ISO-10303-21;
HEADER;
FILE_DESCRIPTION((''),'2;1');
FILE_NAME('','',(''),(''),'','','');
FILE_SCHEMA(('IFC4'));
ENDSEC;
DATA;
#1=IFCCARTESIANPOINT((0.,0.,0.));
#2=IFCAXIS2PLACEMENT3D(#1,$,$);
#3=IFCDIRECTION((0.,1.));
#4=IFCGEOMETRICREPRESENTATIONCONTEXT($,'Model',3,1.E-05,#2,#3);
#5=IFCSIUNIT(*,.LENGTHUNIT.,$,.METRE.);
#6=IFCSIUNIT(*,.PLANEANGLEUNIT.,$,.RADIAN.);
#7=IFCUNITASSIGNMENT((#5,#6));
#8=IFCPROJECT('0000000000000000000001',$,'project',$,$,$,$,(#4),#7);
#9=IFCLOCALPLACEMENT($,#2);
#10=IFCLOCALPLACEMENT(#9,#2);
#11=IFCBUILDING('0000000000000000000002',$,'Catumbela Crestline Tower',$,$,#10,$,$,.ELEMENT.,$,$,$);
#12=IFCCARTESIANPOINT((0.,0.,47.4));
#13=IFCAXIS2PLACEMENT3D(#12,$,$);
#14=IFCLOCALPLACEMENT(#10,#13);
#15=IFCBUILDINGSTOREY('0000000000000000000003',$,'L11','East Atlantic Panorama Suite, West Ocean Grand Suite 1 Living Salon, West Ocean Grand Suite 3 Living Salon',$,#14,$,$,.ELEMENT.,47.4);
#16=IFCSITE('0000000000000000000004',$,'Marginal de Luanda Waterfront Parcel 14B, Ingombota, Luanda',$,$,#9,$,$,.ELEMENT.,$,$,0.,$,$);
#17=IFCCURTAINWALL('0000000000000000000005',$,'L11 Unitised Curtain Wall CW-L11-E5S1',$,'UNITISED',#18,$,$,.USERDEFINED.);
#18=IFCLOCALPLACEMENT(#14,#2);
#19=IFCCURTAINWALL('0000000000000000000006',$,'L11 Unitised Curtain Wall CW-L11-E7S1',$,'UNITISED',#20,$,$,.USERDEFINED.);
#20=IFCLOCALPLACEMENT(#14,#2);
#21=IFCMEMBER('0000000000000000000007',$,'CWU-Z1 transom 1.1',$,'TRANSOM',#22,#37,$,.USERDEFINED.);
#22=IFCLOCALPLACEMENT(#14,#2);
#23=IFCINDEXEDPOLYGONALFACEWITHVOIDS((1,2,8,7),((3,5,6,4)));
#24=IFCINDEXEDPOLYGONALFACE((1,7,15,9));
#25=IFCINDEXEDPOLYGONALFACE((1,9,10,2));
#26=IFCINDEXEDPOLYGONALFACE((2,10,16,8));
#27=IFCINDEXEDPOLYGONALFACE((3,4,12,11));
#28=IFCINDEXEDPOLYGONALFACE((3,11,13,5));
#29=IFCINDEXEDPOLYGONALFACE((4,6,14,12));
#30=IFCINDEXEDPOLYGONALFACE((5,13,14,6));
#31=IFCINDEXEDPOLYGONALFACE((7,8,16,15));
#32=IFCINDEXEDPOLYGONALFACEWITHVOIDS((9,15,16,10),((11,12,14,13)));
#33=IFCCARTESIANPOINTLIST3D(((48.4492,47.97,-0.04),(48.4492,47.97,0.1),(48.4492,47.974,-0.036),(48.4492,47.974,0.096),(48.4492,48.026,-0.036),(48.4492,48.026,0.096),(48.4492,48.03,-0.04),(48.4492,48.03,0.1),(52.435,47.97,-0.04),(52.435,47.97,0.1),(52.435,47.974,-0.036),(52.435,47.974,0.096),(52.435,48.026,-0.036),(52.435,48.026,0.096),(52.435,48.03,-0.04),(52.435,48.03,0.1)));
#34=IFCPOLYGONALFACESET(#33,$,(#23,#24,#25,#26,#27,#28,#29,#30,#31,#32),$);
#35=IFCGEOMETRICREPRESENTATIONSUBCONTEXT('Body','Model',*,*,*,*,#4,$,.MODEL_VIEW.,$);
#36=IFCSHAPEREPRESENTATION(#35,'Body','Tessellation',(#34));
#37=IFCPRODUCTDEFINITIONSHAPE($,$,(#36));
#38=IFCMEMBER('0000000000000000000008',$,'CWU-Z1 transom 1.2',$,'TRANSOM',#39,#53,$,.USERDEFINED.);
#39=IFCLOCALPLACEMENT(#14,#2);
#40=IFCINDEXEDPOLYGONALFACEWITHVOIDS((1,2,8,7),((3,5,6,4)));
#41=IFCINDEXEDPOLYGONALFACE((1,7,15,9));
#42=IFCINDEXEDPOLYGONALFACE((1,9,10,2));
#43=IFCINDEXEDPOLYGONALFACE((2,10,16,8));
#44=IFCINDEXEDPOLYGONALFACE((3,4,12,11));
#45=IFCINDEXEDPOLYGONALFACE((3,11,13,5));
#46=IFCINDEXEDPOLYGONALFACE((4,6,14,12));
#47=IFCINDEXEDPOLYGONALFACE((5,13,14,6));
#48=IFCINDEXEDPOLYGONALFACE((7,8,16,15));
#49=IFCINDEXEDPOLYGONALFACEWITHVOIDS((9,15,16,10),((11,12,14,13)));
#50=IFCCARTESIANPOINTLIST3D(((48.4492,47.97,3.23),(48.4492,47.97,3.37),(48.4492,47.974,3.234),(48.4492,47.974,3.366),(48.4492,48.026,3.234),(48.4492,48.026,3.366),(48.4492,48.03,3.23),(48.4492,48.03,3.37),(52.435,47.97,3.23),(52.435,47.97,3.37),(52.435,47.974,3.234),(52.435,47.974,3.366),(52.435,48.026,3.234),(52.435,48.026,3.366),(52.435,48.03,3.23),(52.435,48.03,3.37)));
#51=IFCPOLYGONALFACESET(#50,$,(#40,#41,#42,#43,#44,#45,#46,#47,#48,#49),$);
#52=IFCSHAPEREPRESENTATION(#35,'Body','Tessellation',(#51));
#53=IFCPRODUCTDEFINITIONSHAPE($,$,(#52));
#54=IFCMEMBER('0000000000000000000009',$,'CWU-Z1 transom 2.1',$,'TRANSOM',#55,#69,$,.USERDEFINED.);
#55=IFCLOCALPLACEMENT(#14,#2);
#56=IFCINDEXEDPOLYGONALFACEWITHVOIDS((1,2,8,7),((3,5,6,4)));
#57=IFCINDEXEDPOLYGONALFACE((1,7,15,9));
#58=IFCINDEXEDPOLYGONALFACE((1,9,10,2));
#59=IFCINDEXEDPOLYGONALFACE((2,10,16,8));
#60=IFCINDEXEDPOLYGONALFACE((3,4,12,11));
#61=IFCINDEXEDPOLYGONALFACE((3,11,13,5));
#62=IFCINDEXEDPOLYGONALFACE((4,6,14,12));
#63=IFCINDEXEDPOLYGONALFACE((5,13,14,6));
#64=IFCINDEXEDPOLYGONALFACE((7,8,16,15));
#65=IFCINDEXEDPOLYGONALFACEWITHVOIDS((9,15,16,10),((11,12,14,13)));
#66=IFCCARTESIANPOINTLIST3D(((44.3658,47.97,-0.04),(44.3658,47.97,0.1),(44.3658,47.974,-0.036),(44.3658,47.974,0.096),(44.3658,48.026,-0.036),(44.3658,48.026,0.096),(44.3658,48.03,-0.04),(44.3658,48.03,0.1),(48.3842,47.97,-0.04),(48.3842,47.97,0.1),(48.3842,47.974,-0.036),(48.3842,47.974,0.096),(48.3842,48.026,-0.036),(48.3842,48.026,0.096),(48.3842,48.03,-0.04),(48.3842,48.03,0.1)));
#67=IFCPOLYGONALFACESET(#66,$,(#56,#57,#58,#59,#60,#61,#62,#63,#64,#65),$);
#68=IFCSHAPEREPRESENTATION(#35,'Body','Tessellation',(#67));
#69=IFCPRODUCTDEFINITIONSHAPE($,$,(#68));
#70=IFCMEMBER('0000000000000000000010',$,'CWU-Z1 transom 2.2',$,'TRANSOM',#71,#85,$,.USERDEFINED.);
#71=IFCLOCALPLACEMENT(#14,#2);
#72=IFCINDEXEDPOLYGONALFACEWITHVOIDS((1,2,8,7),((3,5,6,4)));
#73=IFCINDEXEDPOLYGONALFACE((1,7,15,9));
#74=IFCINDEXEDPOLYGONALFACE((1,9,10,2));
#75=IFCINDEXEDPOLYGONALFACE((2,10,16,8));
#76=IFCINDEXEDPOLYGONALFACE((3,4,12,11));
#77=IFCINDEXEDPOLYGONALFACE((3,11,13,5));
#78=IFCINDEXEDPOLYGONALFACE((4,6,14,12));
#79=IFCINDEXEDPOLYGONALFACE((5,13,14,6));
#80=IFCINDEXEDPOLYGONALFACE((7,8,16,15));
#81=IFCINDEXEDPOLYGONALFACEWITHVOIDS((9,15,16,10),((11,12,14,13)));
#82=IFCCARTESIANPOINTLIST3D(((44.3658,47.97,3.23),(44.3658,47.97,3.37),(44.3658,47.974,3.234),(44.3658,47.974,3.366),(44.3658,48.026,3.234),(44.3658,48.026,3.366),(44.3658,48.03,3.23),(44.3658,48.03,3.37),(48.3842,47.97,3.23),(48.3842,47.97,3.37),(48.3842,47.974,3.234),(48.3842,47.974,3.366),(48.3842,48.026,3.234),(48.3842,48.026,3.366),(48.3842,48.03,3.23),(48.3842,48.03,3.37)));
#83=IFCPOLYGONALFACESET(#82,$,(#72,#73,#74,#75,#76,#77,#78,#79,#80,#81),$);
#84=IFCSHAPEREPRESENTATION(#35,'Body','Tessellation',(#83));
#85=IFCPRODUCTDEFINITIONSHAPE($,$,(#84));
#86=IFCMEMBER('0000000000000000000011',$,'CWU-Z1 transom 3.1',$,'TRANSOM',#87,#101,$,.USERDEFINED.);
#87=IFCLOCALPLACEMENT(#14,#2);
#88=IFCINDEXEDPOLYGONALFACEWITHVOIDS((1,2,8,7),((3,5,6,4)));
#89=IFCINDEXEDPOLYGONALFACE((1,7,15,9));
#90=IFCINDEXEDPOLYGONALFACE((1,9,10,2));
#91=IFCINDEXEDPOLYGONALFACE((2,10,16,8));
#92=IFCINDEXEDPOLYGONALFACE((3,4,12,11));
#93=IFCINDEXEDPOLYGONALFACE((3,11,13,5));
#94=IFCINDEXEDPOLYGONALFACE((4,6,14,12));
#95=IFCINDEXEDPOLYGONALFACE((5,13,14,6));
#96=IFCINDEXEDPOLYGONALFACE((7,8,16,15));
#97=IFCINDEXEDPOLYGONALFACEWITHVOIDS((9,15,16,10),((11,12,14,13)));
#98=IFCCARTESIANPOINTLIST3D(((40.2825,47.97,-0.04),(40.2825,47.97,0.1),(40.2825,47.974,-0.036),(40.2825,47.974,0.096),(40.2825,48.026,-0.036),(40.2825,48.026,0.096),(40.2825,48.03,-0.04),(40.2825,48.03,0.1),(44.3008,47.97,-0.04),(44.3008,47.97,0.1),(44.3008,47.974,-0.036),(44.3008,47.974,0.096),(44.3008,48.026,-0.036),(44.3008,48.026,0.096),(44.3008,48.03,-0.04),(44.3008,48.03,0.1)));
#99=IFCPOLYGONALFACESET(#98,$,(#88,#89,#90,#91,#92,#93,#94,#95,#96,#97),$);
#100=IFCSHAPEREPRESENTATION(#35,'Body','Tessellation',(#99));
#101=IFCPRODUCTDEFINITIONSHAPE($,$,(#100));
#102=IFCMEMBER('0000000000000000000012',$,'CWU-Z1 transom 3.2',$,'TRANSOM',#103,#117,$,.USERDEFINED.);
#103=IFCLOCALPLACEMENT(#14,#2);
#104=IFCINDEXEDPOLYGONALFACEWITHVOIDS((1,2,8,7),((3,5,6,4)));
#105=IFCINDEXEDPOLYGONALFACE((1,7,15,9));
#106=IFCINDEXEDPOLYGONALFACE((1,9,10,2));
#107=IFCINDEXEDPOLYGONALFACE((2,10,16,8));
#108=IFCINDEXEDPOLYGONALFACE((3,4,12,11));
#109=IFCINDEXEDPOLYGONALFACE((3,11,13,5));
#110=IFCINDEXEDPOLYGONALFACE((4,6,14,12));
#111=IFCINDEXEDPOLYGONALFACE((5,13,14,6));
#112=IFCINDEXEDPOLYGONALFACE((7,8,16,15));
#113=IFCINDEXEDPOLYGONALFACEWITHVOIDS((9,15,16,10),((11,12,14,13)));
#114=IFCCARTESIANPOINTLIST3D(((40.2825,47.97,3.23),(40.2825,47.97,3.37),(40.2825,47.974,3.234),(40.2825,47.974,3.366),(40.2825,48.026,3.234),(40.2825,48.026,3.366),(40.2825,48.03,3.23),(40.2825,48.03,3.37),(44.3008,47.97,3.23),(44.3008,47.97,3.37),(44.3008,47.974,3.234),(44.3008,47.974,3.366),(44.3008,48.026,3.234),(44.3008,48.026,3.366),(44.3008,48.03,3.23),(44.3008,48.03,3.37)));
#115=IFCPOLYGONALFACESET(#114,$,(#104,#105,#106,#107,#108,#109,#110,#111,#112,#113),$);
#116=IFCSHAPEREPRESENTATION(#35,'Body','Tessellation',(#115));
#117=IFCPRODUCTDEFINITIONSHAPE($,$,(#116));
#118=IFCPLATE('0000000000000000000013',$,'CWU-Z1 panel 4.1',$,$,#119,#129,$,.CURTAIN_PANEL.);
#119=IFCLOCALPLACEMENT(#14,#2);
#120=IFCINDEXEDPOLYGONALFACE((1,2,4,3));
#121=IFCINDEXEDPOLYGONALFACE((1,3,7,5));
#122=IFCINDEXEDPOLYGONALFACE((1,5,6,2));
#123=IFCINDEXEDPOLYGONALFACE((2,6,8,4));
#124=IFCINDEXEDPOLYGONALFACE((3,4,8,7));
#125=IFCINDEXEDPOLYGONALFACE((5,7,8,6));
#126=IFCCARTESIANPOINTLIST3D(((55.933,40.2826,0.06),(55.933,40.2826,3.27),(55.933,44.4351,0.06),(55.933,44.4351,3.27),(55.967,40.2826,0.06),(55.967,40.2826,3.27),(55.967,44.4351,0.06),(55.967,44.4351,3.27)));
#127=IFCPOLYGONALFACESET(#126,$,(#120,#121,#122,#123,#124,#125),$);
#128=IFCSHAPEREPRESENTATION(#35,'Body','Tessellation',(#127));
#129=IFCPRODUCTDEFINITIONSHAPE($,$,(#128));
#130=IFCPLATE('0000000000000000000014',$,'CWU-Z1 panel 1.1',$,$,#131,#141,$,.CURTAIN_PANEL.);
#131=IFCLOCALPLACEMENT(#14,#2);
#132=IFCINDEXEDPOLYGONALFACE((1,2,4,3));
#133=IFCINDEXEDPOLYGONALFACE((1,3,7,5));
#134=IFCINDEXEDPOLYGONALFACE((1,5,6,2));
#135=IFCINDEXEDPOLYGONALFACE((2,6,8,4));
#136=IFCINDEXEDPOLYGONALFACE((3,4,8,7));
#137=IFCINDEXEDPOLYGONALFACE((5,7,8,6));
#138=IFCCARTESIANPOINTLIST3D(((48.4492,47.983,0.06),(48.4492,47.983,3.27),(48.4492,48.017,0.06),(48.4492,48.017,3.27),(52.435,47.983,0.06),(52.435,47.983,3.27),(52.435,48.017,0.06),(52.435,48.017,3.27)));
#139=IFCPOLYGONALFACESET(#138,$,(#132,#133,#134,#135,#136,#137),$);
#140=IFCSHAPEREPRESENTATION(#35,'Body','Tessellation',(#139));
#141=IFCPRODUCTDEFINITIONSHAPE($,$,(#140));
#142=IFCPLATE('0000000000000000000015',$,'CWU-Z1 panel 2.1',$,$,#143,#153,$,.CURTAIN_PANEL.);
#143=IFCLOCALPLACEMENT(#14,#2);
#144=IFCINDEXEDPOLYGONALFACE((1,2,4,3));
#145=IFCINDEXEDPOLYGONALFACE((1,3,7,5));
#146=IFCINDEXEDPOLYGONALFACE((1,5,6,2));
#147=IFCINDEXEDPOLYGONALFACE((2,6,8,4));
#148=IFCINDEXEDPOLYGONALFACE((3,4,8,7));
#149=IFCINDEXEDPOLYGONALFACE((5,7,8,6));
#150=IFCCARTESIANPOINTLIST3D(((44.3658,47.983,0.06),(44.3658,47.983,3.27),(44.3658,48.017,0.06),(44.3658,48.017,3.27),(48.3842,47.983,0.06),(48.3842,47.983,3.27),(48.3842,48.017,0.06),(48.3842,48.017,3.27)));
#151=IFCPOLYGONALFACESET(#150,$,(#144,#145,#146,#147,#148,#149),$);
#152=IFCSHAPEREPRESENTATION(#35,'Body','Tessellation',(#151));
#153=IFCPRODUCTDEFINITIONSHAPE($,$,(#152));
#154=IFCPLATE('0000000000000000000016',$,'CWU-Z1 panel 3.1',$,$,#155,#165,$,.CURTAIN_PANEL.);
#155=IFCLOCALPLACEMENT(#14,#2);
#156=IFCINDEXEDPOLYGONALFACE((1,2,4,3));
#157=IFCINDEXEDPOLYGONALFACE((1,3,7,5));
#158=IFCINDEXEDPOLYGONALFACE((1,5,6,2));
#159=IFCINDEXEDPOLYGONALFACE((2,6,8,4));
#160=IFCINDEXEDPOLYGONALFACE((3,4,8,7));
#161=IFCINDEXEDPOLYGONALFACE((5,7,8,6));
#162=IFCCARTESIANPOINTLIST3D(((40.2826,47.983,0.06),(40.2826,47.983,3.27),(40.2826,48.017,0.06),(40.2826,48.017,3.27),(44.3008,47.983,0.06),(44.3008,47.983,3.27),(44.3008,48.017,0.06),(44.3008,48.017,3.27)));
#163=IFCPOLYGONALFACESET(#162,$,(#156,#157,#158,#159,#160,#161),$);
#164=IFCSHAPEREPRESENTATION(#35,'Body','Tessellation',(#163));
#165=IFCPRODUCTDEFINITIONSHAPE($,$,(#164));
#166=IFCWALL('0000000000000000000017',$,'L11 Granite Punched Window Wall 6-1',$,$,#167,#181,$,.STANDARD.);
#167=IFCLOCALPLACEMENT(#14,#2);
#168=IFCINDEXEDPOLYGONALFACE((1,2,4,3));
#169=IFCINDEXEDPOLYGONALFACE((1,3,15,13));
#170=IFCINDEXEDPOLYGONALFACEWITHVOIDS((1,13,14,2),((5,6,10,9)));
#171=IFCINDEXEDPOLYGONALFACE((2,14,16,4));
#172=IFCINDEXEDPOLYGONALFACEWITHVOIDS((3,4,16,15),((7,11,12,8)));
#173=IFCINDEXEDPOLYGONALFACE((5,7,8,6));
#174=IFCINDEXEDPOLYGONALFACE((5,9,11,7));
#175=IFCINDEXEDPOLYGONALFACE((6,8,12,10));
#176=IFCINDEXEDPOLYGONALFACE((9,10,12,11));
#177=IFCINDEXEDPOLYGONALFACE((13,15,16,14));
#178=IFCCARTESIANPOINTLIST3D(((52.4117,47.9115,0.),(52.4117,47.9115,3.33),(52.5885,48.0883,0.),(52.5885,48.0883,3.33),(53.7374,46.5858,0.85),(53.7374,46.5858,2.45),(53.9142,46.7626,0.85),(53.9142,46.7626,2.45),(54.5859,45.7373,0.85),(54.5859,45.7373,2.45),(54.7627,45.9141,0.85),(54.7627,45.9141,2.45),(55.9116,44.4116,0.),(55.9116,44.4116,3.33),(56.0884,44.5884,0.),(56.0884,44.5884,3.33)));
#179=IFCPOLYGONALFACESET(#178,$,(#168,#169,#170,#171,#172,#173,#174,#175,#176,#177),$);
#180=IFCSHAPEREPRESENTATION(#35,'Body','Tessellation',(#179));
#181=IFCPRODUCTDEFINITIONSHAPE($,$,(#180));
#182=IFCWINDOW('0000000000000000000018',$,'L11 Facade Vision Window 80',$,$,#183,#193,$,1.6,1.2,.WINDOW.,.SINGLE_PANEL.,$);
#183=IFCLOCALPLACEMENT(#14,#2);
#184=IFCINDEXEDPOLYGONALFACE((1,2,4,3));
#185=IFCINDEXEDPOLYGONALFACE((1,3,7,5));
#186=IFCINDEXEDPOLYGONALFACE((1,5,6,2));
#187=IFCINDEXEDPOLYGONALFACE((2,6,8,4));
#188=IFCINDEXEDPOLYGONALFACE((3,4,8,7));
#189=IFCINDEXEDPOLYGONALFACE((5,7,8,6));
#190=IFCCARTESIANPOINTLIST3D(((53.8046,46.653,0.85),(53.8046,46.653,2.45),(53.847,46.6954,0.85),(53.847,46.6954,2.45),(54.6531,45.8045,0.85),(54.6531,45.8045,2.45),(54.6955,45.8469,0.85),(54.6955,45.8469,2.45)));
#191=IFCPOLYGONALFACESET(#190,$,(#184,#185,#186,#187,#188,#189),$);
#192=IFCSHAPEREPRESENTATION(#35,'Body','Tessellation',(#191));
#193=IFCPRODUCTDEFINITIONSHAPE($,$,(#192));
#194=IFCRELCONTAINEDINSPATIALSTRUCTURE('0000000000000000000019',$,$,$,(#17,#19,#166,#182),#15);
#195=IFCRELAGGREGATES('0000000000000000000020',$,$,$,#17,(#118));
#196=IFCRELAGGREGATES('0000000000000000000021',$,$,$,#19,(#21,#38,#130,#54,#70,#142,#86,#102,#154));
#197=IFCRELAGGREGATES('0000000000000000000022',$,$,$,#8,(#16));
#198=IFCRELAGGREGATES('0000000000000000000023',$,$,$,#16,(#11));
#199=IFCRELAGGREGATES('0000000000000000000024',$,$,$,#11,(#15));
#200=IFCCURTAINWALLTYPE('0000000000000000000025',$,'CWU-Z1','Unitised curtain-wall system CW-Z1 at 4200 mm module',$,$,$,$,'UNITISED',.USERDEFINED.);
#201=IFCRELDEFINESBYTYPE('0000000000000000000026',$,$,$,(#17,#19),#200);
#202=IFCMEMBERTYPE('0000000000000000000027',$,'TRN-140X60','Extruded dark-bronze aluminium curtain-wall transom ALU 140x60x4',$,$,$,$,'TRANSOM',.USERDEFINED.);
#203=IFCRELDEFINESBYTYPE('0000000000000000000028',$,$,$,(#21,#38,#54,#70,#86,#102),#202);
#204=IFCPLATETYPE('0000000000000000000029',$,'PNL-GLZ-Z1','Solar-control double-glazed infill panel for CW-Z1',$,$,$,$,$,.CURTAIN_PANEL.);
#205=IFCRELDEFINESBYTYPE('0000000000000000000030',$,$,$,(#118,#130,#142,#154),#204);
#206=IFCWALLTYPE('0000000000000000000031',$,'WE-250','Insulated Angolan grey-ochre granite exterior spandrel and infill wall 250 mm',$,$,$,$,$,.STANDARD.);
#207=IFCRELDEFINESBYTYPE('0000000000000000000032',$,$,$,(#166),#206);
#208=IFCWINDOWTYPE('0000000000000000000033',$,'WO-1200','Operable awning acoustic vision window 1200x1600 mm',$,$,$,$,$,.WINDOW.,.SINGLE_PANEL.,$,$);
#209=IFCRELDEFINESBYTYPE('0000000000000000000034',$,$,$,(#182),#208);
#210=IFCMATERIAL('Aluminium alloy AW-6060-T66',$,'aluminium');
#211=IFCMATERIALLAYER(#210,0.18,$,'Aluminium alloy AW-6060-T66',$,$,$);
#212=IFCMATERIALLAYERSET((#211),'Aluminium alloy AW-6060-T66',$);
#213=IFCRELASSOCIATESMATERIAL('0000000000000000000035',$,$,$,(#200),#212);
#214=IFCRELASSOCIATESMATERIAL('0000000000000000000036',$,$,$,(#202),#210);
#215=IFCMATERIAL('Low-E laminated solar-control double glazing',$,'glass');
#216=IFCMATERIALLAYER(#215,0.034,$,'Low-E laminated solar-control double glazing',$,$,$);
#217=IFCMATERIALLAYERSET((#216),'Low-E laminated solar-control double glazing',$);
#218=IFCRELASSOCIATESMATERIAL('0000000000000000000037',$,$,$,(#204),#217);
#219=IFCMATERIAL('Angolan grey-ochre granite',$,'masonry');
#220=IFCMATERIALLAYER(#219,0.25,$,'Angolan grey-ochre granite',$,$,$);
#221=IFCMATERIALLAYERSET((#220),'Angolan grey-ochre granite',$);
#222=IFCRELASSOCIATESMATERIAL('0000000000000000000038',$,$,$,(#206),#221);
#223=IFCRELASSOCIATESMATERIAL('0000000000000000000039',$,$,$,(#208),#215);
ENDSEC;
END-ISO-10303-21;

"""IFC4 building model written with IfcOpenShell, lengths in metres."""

from ifc_helpers import new_model, si_unit, direction, frame, frame_2d, origin, origin_2d, place, context, subcontext, project, spatial, rectangle, hollow_rectangle, extrude, material, layer, layer_set, material_profile, profile_set, type_object, element, fill, aggregate, save


model = new_model("IFC4")

# Units and contexts
model_context = context("Model", 3, precision=1e-05, world=origin(), true_north=direction((0.0, 1.0)))
body_context = subcontext(model_context, "Body", "Model", "MODEL_VIEW")
ifc_project = project(units=[si_unit("LENGTHUNIT", "METRE"), si_unit("PLANEANGLEUNIT", "RADIAN")], contexts=[model_context])

# Site, building, storey
site_placement = place(None, origin())
site = spatial("IfcSite", under=ifc_project, at=site_placement, Name="Marginal de Luanda Waterfront Parcel 14B, Ingombota, Luanda", CompositionType="ELEMENT", RefElevation=0.0)
building_placement = place(site_placement, origin())
building = spatial("IfcBuilding", under=site, at=building_placement, Name="Catumbela Crestline Tower", CompositionType="ELEMENT")
storey_placement = place(building_placement, frame((0.0, 0.0, 47.4)))
storey = spatial("IfcBuildingStorey", under=building, at=storey_placement, Name="L11", Description="East Atlantic Panorama Suite, West Ocean Grand Suite 1 Living Salon, West Ocean Grand Suite 3 Living Salon", CompositionType="ELEMENT", Elevation=47.4)

# Curtain walls
ifc_material_1 = material(Name="Aluminium alloy AW-6060-T66", Category="aluminium")
ifc_layer_1 = layer(ifc_material_1, 0.18, Name="Aluminium alloy AW-6060-T66")
ifc_layer_set_1 = layer_set([ifc_layer_1], Name="Aluminium alloy AW-6060-T66")
curtain_wall_type = type_object("IfcCurtainWallType", Name="CWU-Z1", Description="Unitised curtain-wall system CW-Z1 at 4200 mm module", ElementType="UNITISED", PredefinedType="USERDEFINED", material=ifc_layer_set_1)
curtain_wall_1_placement = place(storey_placement, origin())
curtain_wall_1 = element("IfcCurtainWall", 1, at=curtain_wall_1_placement, inside=storey, type_object=curtain_wall_type, Name="L11 Unitised Curtain Wall CW-L11-E5S1", ObjectType="UNITISED", PredefinedType="USERDEFINED")
curtain_wall_2_placement = place(storey_placement, origin())
curtain_wall_2 = element("IfcCurtainWall", 2, at=curtain_wall_2_placement, inside=storey, type_object=curtain_wall_type, Name="L11 Unitised Curtain Wall CW-L11-E7S1", ObjectType="UNITISED", PredefinedType="USERDEFINED")

# Members
ifc_material_profile_1 = material_profile(ifc_material_1, hollow_rectangle(XDim=0.06, YDim=0.14, WallThickness=0.004, at=origin_2d()), Name="ALU 140x60x4")
ifc_profile_set_1 = profile_set([ifc_material_profile_1], Name="Aluminium alloy AW-6060-T66")
member_type_1 = type_object("IfcMemberType", Name="TRN-140X60", Description="Extruded dark-bronze aluminium curtain-wall transom ALU 140x60x4", ElementType="TRANSOM", PredefinedType="USERDEFINED", material=ifc_profile_set_1)
member_1_placement = place(storey_placement, frame((52.435, 48.0, 0.03), z_axis=(-1.0, 0.0, 0.0), x_axis=(0.0, -1.0, 0.0)))
member_1 = element("IfcMember", 3, at=member_1_placement, type_object=member_type_1, Name="CWU-Z1 transom 1.1", ObjectType="TRANSOM", PredefinedType="USERDEFINED", context=body_context, shape_type="SweptSolid", body=[
    extrude(hollow_rectangle(XDim=0.06, YDim=0.14, WallThickness=0.004, at=origin_2d()), origin(), (0.0, 0.0, 1.0), 3.9858),
])
member_2_placement = place(storey_placement, frame((52.435, 48.0, 3.3), z_axis=(-1.0, 0.0, 0.0), x_axis=(0.0, -1.0, 0.0)))
member_2 = element("IfcMember", 4, at=member_2_placement, type_object=member_type_1, Name="CWU-Z1 transom 1.2", ObjectType="TRANSOM", PredefinedType="USERDEFINED", context=body_context, shape_type="SweptSolid", body=[
    extrude(hollow_rectangle(XDim=0.06, YDim=0.14, WallThickness=0.004, at=origin_2d()), origin(), (0.0, 0.0, 1.0), 3.9858),
])
member_3_placement = place(storey_placement, frame((48.3842, 48.0, 0.03), z_axis=(-1.0, 0.0, 0.0), x_axis=(0.0, -1.0, 0.0)))
member_3 = element("IfcMember", 5, at=member_3_placement, type_object=member_type_1, Name="CWU-Z1 transom 2.1", ObjectType="TRANSOM", PredefinedType="USERDEFINED", context=body_context, shape_type="SweptSolid", body=[
    extrude(hollow_rectangle(XDim=0.06, YDim=0.14, WallThickness=0.004, at=origin_2d()), origin(), (0.0, 0.0, 1.0), 4.0184),
])
member_4_placement = place(storey_placement, frame((48.3842, 48.0, 3.3), z_axis=(-1.0, 0.0, 0.0), x_axis=(0.0, -1.0, 0.0)))
member_4 = element("IfcMember", 6, at=member_4_placement, type_object=member_type_1, Name="CWU-Z1 transom 2.2", ObjectType="TRANSOM", PredefinedType="USERDEFINED", context=body_context, shape_type="SweptSolid", body=[
    extrude(hollow_rectangle(XDim=0.06, YDim=0.14, WallThickness=0.004, at=origin_2d()), origin(), (0.0, 0.0, 1.0), 4.0184),
])
member_5_placement = place(storey_placement, frame((44.3008, 48.0, 0.03), z_axis=(-1.0, 0.0, 0.0), x_axis=(0.0, -1.0, 0.0)))
member_5 = element("IfcMember", 7, at=member_5_placement, type_object=member_type_1, Name="CWU-Z1 transom 3.1", ObjectType="TRANSOM", PredefinedType="USERDEFINED", context=body_context, shape_type="SweptSolid", body=[
    extrude(hollow_rectangle(XDim=0.06, YDim=0.14, WallThickness=0.004, at=origin_2d()), origin(), (0.0, 0.0, 1.0), 4.0183),
])
member_6_placement = place(storey_placement, frame((44.3008, 48.0, 3.3), z_axis=(-1.0, 0.0, 0.0), x_axis=(0.0, -1.0, 0.0)))
member_6 = element("IfcMember", 8, at=member_6_placement, type_object=member_type_1, Name="CWU-Z1 transom 3.2", ObjectType="TRANSOM", PredefinedType="USERDEFINED", context=body_context, shape_type="SweptSolid", body=[
    extrude(hollow_rectangle(XDim=0.06, YDim=0.14, WallThickness=0.004, at=origin_2d()), origin(), (0.0, 0.0, 1.0), 4.0183),
])

# Plates
ifc_material_2 = material(Name="Low-E laminated solar-control double glazing", Category="glass")
ifc_layer_2 = layer(ifc_material_2, 0.034, Name="Low-E laminated solar-control double glazing")
ifc_layer_set_2 = layer_set([ifc_layer_2], Name="Low-E laminated solar-control double glazing")
plate_type = type_object("IfcPlateType", Name="PNL-GLZ-Z1", Description="Solar-control double-glazed infill panel for CW-Z1", PredefinedType="CURTAIN_PANEL", material=ifc_layer_set_2)
plate_1_placement = place(storey_placement, frame((55.95, 42.3588, 0.06), z_axis=(0.0, 0.0, 1.0), x_axis=(0.0, 1.0, 0.0)))
plate_1 = element("IfcPlate", 9, at=plate_1_placement, type_object=plate_type, Name="CWU-Z1 panel 4.1", PredefinedType="CURTAIN_PANEL", context=body_context, shape_type="SweptSolid", body=[
    extrude(rectangle(XDim=4.1525, YDim=0.034, at=origin_2d()), origin(), (0.0, 0.0, 1.0), 3.21),
])
aggregate(curtain_wall_1, [plate_1])
plate_2_placement = place(storey_placement, frame((50.4421, 48.0, 0.06), z_axis=(0.0, 0.0, 1.0), x_axis=(-1.0, 0.0, 0.0)))
plate_2 = element("IfcPlate", 10, at=plate_2_placement, type_object=plate_type, Name="CWU-Z1 panel 1.1", PredefinedType="CURTAIN_PANEL", context=body_context, shape_type="SweptSolid", body=[
    extrude(rectangle(XDim=3.9858, YDim=0.034, at=origin_2d()), origin(), (0.0, 0.0, 1.0), 3.21),
])
plate_3_placement = place(storey_placement, frame((46.375, 48.0, 0.06), z_axis=(0.0, 0.0, 1.0), x_axis=(-1.0, 0.0, 0.0)))
plate_3 = element("IfcPlate", 11, at=plate_3_placement, type_object=plate_type, Name="CWU-Z1 panel 2.1", PredefinedType="CURTAIN_PANEL", context=body_context, shape_type="SweptSolid", body=[
    extrude(rectangle(XDim=4.0183, YDim=0.034, at=origin_2d()), origin(), (0.0, 0.0, 1.0), 3.21),
])
plate_4_placement = place(storey_placement, frame((42.2917, 48.0, 0.06), z_axis=(0.0, 0.0, 1.0), x_axis=(-1.0, 0.0, 0.0)))
plate_4 = element("IfcPlate", 12, at=plate_4_placement, type_object=plate_type, Name="CWU-Z1 panel 3.1", PredefinedType="CURTAIN_PANEL", context=body_context, shape_type="SweptSolid", body=[
    extrude(rectangle(XDim=4.0183, YDim=0.034, at=origin_2d()), origin(), (0.0, 0.0, 1.0), 3.21),
])
aggregate(curtain_wall_2, [member_1, member_2, plate_2, member_3, member_4, plate_3, member_5, member_6, plate_4])

# Wall, opening, window
ifc_material_3 = material(Name="Angolan grey-ochre granite", Category="masonry")
ifc_layer_3 = layer(ifc_material_3, 0.25, Name="Angolan grey-ochre granite")
ifc_layer_set_3 = layer_set([ifc_layer_3], Name="Angolan grey-ochre granite")
wall_type = type_object("IfcWallType", Name="WE-250", Description="Insulated Angolan grey-ochre granite exterior spandrel and infill wall 250 mm", PredefinedType="STANDARD", material=ifc_layer_set_3)
wall_placement = place(storey_placement, frame((56.0, 44.5, 0.0), z_axis=(0.0, 0.0, 1.0), x_axis=(-0.707107, 0.707107, 0.0)))
wall = element("IfcWall", 13, at=wall_placement, inside=storey, type_object=wall_type, Name="L11 Granite Punched Window Wall 6-1", PredefinedType="STANDARD", context=body_context, shape_type="SweptSolid", body=[
    extrude(rectangle(XDim=4.9497, YDim=0.25, at=frame_2d((2.4748, 0.0))), origin(), (0.0, 0.0, 1.0), 3.33),
])
opening_placement = place(wall_placement, frame((1.8748, 0.0, 0.85)))
opening = element("IfcOpeningElement", 14, at=opening_placement, cuts=wall, PredefinedType="OPENING", context=body_context, shape_type="SweptSolid", body=[
    extrude(rectangle(XDim=1.2, YDim=1.6, at=frame_2d((0.6, 0.8))), frame((0.0, 0.135, 0.0), z_axis=(0.0, -1.0, 0.0), x_axis=(1.0, 0.0, 0.0)), (0.0, 0.0, 1.0), 0.27),
])
window_type = type_object("IfcWindowType", Name="WO-1200", Description="Operable awning acoustic vision window 1200x1600 mm", PartitioningType="SINGLE_PANEL", PredefinedType="WINDOW", material=ifc_material_2)
window_placement = place(opening_placement, origin())
window = element("IfcWindow", 15, at=window_placement, inside=storey, type_object=window_type, Name="L11 Facade Vision Window 80", OverallHeight=1.6, OverallWidth=1.2, PartitioningType="SINGLE_PANEL", PredefinedType="WINDOW", context=body_context, shape_type="SweptSolid", body=[
    extrude(rectangle(XDim=1.2, YDim=1.6, at=frame_2d((0.6, 0.8))), frame((0.0, 0.03, 0.0), z_axis=(0.0, -1.0, 0.0), x_axis=(1.0, 0.0, 0.0)), (0.0, 0.0, 1.0), 0.06),
])
fill(opening, window)

save(model, "model.ifc")
